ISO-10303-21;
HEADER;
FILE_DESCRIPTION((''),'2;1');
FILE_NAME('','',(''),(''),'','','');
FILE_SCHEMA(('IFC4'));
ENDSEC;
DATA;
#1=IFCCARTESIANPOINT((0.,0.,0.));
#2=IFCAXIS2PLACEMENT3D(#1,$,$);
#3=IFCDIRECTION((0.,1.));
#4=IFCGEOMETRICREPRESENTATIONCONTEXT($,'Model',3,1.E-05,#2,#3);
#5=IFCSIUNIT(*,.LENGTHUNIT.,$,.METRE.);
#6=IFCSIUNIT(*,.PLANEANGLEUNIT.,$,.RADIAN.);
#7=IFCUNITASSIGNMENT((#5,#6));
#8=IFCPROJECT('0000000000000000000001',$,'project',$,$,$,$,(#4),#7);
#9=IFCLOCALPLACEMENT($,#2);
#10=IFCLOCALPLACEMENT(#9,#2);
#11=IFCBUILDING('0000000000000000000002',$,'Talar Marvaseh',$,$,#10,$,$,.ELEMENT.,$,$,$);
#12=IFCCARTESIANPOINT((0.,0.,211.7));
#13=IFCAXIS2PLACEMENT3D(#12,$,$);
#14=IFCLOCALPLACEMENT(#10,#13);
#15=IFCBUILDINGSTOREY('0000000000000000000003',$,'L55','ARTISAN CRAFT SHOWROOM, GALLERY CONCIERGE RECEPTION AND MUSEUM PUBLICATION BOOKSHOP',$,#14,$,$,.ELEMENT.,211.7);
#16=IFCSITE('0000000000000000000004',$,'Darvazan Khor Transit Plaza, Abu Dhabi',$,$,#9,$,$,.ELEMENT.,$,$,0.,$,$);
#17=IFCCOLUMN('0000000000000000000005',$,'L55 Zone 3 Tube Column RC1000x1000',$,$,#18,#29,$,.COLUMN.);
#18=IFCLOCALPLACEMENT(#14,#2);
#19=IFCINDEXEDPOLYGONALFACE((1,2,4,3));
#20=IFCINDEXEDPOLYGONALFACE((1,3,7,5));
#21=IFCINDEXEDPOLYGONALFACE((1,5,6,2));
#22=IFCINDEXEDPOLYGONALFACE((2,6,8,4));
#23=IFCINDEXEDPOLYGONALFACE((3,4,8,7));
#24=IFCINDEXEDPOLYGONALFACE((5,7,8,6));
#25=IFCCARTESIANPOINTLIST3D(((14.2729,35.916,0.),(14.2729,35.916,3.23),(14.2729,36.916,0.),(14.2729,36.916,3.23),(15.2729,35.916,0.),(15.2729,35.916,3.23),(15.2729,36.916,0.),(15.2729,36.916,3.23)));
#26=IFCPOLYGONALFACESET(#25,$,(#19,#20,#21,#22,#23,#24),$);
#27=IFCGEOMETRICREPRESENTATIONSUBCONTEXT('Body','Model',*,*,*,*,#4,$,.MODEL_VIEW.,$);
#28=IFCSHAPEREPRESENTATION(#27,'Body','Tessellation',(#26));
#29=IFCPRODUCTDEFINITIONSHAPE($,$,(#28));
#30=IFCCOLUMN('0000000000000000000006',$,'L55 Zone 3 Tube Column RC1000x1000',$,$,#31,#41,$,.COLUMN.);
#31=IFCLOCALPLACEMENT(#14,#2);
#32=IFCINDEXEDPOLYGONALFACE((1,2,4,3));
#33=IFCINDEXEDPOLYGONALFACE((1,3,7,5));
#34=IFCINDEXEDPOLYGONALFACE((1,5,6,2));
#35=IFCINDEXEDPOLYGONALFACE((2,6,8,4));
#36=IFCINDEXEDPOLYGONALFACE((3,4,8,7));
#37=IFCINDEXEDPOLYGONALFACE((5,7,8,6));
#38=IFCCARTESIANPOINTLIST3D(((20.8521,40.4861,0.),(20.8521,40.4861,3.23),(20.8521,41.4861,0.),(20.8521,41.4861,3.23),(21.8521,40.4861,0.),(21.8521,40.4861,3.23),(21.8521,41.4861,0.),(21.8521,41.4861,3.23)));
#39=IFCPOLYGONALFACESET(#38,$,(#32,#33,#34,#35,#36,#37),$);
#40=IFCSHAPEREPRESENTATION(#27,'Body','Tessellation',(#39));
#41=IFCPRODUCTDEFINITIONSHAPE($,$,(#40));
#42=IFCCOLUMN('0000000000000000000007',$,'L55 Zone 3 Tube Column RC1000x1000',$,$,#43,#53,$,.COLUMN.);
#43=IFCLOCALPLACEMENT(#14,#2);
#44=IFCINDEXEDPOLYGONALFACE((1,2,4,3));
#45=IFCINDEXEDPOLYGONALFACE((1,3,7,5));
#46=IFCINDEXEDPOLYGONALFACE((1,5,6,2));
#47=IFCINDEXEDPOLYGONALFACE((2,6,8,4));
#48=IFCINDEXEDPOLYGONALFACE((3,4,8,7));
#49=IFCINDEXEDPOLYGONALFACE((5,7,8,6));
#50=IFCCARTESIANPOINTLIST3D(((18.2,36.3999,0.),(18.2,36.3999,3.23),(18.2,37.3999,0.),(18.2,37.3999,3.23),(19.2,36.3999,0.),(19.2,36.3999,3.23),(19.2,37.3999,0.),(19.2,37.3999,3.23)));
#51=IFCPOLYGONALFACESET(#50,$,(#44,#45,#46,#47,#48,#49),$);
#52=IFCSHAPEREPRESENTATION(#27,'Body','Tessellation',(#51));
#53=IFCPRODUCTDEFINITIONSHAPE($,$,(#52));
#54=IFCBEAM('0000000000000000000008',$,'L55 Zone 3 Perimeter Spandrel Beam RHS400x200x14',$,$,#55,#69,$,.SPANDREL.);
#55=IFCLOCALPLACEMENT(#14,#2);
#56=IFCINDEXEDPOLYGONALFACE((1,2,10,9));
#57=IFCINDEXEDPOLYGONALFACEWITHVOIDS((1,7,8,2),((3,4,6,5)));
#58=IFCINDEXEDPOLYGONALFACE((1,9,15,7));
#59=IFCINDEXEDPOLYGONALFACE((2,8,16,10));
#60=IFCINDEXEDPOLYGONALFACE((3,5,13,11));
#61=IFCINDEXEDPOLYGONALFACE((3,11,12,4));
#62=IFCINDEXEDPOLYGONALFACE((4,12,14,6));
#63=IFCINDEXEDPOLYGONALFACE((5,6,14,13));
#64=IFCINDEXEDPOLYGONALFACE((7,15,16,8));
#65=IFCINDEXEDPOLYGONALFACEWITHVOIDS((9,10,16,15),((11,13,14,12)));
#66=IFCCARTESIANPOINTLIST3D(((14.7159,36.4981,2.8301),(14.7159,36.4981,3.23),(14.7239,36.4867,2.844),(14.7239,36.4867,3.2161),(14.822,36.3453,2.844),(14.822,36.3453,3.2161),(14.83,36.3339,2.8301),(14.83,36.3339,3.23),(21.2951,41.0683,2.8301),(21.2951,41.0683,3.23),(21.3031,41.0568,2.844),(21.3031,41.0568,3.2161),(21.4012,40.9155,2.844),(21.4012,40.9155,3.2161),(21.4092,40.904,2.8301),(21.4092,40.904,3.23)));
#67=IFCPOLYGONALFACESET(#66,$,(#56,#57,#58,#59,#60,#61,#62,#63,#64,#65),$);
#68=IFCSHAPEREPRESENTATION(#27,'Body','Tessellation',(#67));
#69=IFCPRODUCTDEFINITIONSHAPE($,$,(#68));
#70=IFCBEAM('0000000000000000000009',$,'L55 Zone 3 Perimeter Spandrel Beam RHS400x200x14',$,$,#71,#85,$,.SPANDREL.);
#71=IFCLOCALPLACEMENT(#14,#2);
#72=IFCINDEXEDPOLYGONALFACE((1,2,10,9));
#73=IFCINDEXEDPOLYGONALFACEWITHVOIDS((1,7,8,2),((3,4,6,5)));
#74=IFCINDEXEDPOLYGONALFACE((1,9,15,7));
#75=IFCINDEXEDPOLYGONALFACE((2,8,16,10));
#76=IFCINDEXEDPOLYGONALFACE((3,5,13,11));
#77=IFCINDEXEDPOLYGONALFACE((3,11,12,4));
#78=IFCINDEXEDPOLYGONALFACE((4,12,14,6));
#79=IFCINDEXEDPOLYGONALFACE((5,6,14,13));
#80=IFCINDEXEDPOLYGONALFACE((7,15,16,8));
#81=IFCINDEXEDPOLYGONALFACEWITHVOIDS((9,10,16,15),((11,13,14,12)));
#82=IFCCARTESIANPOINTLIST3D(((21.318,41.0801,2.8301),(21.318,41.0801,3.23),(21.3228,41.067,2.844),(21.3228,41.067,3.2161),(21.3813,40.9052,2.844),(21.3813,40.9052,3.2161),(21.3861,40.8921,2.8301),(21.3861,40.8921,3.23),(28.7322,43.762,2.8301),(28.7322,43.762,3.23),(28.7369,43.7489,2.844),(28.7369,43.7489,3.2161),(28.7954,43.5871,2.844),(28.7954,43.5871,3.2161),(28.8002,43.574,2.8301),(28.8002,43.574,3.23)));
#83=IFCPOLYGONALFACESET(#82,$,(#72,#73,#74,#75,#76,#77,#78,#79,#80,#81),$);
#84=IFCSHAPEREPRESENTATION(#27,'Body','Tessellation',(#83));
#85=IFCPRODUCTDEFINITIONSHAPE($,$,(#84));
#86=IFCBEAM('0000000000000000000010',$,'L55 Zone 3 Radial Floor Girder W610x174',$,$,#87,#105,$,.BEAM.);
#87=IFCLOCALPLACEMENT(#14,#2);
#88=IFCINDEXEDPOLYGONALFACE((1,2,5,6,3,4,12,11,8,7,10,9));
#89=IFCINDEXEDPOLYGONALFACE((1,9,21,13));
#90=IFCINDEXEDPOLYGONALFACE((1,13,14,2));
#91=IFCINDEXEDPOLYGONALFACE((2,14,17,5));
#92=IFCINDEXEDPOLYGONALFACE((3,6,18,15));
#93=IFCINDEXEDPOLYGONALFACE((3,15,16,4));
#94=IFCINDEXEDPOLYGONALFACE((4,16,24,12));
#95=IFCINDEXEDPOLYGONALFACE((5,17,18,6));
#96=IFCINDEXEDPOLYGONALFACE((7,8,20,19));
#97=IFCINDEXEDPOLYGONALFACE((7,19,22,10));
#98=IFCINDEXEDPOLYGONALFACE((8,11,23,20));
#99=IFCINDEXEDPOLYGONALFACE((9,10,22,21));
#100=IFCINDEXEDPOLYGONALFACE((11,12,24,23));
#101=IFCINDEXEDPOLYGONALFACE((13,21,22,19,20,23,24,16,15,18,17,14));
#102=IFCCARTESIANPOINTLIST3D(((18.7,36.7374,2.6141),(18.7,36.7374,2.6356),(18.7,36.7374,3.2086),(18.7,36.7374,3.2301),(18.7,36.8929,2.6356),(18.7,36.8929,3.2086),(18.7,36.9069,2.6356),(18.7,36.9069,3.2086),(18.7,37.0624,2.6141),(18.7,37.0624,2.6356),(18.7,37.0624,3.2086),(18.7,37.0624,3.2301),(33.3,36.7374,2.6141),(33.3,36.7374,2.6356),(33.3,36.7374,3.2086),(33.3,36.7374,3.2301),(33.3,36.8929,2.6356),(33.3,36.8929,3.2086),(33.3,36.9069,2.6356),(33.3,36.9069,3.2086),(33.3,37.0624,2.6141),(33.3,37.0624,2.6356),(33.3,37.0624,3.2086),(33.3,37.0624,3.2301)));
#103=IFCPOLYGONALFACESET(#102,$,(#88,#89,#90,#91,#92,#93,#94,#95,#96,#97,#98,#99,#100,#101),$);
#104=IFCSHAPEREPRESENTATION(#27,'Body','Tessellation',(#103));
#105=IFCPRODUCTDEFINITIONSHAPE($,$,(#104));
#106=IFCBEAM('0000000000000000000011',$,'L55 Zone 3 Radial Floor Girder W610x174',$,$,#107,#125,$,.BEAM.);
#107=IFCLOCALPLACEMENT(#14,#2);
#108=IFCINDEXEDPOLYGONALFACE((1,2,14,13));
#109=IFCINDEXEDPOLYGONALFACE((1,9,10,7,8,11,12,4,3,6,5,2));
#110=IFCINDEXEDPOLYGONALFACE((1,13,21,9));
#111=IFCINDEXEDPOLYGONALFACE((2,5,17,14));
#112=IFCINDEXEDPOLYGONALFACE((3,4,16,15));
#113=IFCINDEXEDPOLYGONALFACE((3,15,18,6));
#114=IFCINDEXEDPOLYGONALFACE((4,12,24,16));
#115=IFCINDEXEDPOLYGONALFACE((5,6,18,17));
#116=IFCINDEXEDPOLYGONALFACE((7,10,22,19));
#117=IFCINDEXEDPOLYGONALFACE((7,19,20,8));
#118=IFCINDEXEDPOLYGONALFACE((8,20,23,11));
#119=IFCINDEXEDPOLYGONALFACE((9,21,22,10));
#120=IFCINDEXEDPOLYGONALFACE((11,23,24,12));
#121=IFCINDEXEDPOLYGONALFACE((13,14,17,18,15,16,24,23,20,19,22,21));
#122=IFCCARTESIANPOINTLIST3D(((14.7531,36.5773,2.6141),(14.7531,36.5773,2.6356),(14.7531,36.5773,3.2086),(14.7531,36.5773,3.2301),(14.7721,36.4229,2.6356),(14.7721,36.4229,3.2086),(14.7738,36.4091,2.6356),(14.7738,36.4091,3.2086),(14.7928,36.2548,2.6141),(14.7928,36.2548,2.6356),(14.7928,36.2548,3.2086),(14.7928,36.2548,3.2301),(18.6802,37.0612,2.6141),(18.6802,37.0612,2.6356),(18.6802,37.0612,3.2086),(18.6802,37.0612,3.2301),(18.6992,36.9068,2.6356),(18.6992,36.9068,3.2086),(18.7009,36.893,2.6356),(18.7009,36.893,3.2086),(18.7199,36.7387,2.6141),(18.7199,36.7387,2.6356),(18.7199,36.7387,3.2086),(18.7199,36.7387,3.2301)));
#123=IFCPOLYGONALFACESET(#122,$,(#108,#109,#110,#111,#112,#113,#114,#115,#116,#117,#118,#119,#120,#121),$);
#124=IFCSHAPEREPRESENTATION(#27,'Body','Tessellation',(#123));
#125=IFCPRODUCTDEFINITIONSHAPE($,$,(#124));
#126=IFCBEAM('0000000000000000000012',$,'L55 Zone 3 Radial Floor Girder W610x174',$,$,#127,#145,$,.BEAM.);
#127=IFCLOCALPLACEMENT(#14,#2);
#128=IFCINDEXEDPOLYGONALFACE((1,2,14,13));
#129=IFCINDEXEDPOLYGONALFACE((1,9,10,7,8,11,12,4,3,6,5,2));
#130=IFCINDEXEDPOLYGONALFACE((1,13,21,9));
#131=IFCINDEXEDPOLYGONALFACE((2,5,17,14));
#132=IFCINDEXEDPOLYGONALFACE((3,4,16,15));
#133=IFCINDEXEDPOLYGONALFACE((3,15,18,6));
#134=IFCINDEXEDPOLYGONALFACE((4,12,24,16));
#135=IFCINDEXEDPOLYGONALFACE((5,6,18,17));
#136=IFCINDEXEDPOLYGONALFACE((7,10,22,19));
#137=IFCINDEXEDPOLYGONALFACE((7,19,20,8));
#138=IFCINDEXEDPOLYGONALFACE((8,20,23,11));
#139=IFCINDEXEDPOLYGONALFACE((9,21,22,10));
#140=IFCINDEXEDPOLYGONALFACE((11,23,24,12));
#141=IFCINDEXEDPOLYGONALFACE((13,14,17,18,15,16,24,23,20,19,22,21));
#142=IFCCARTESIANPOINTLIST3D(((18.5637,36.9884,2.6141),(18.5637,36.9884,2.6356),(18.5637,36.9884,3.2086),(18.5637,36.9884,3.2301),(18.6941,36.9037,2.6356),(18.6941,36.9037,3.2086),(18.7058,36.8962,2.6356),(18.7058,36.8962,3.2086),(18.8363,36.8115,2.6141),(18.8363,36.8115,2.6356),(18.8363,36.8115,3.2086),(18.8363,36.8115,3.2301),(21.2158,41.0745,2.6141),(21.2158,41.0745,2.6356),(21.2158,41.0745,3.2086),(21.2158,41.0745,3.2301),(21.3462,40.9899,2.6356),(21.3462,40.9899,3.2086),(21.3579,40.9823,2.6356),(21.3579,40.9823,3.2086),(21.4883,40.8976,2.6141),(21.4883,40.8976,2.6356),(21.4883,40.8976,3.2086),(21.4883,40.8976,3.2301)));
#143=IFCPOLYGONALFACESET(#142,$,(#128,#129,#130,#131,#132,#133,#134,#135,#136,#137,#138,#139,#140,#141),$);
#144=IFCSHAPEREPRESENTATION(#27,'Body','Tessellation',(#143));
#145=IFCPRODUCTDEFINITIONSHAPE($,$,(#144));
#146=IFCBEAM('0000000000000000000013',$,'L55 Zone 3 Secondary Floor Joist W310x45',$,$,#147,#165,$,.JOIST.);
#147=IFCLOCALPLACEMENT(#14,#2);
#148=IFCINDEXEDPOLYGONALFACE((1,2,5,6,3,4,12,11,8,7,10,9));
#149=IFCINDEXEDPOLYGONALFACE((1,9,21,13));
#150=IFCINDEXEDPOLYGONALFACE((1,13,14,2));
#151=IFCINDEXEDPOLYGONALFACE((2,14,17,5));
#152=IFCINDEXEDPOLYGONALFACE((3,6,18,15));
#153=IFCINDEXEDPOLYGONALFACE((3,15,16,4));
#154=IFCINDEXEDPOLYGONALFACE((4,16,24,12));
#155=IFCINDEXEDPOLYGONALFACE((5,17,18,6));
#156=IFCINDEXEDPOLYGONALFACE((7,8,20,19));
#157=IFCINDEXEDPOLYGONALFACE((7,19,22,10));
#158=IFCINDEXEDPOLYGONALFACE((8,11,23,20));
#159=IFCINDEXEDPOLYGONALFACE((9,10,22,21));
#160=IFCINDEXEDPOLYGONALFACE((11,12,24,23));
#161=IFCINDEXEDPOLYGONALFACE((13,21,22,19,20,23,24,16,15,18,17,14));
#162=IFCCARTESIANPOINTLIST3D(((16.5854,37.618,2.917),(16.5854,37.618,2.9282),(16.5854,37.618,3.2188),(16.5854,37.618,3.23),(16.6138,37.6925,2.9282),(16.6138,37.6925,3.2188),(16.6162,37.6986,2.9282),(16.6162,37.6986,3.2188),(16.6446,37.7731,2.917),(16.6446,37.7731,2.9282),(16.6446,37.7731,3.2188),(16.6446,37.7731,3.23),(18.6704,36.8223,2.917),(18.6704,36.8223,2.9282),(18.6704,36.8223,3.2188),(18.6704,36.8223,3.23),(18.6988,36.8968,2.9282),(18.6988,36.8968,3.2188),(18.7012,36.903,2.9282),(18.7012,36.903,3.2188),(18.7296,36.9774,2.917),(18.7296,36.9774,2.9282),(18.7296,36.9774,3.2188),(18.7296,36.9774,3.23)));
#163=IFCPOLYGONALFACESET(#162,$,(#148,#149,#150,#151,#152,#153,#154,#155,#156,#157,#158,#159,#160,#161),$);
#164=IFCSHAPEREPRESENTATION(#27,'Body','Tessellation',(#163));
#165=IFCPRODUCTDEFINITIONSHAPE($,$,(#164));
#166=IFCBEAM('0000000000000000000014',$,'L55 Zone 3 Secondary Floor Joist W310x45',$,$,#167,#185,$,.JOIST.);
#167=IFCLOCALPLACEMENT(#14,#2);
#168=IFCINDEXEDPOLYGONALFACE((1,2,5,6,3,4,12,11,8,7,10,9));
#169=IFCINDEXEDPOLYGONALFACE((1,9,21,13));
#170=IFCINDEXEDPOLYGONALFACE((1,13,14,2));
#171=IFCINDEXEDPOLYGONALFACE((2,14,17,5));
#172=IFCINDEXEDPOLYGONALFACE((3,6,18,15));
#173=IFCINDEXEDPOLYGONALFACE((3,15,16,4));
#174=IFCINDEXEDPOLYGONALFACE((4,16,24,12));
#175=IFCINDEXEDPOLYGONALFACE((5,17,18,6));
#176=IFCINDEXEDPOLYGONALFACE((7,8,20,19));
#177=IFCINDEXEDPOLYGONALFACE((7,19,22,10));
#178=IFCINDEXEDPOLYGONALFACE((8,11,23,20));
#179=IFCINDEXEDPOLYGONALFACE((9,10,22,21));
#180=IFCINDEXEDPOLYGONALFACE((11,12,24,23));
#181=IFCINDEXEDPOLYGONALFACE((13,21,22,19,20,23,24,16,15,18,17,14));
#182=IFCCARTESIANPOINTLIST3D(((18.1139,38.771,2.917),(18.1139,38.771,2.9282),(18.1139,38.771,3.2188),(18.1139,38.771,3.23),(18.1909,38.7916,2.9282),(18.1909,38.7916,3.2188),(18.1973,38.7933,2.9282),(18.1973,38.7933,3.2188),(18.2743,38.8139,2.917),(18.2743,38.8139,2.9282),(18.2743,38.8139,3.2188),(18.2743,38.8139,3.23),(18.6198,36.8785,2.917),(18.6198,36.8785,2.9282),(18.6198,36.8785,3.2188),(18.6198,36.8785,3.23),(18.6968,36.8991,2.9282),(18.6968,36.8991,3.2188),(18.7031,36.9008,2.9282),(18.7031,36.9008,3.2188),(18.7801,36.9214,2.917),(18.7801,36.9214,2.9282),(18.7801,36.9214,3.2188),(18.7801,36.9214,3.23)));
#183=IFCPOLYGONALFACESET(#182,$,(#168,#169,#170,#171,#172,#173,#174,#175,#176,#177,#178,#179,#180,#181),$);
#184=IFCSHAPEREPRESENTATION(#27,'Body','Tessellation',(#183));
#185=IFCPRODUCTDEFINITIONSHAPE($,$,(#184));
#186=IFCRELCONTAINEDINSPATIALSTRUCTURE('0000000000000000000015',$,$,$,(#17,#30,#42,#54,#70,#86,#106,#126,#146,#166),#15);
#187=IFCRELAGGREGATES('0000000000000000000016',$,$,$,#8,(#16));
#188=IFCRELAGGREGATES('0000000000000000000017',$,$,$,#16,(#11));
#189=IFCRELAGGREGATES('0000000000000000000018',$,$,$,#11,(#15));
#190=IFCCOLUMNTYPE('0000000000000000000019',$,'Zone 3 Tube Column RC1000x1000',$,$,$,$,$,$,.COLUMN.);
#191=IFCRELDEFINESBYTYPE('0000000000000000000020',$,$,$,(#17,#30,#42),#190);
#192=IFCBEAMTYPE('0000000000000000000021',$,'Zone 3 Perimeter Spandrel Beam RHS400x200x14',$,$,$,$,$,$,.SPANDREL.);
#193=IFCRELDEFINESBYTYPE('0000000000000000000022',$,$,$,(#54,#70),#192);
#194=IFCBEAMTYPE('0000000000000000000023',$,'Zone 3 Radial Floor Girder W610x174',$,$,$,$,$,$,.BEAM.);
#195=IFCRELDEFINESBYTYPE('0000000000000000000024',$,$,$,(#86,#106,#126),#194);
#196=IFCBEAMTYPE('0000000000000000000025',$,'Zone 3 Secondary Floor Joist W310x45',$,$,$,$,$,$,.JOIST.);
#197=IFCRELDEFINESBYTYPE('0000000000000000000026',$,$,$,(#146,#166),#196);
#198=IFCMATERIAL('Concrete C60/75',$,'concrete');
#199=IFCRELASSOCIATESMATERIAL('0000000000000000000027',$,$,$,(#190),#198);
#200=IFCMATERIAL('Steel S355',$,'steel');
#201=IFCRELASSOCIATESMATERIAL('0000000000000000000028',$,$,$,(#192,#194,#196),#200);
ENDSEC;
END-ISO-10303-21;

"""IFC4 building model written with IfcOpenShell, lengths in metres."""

from ifc_helpers import new_model, si_unit, direction, frame, origin, origin_2d, place, context, subcontext, project, spatial, rectangle, hollow_rectangle, i_section, extrude, material, material_profile, profile_set, type_object, element, save


model = new_model("IFC4")

# Units and contexts
model_context = context("Model", 3, precision=1e-05, world=origin(), true_north=direction((0.0, 1.0)))
body_context = subcontext(model_context, "Body", "Model", "MODEL_VIEW")
ifc_project = project(units=[si_unit("LENGTHUNIT", "METRE"), si_unit("PLANEANGLEUNIT", "RADIAN")], contexts=[model_context])

# Site, building, storey
site_placement = place(None, origin())
site = spatial("IfcSite", under=ifc_project, at=site_placement, Name="Darvazan Khor Transit Plaza, Abu Dhabi", CompositionType="ELEMENT", RefElevation=0.0)
building_placement = place(site_placement, origin())
building = spatial("IfcBuilding", under=site, at=building_placement, Name="Talar Marvaseh", CompositionType="ELEMENT")
storey_placement = place(building_placement, frame((0.0, 0.0, 211.7)))
storey = spatial("IfcBuildingStorey", under=building, at=storey_placement, Name="L55", Description="ARTISAN CRAFT SHOWROOM, GALLERY CONCIERGE RECEPTION AND MUSEUM PUBLICATION BOOKSHOP", CompositionType="ELEMENT", Elevation=211.7)

# Columns
ifc_material_1 = material(Name="Concrete C60/75", Category="concrete")
ifc_material_profile_1 = material_profile(ifc_material_1, rectangle(XDim=1.0, YDim=1.0, at=origin_2d()), Name="RC1000x1000")
ifc_profile_set_1 = profile_set([ifc_material_profile_1], Name="Concrete C60/75")
column_type = type_object("IfcColumnType", Name="Zone 3 Tube Column RC1000x1000", PredefinedType="COLUMN", material=ifc_profile_set_1)
for number, where, z_axis, x_axis, name in (
    (1, (14.7729, 36.416, 0.0), (0.0, 0.0, 1.0), (1.0, 0.0, 0.0), "L55 Zone 3 Tube Column RC1000x1000"),
    (2, (21.3521, 40.9861, 0.0), (0.0, 0.0, 1.0), (1.0, 0.0, 0.0), "L55 Zone 3 Tube Column RC1000x1000"),
    (3, (18.7, 36.8999, 0.0), (0.0, 0.0, 1.0), (1.0, 0.0, 0.0), "L55 Zone 3 Tube Column RC1000x1000"),
):
    element("IfcColumn", number, at=place(storey_placement, frame(where, z_axis=z_axis, x_axis=x_axis)), inside=storey, type_object=column_type, Name=name, PredefinedType="COLUMN", context=body_context, shape_type="SweptSolid", body=[
        extrude(rectangle(XDim=1.0, YDim=1.0, at=origin_2d()), origin(), (0.0, 0.0, 1.0), 3.23),
    ])

# Beams
ifc_material_2 = material(Name="Steel S355", Category="steel")
ifc_material_profile_2 = material_profile(ifc_material_2, hollow_rectangle(XDim=0.2, YDim=0.3999, WallThickness=0.0139, at=origin_2d()), Name="RHS400x200x14")
ifc_profile_set_2 = profile_set([ifc_material_profile_2], Name="Steel S355")
beam_type_1 = type_object("IfcBeamType", Name="Zone 3 Perimeter Spandrel Beam RHS400x200x14", PredefinedType="SPANDREL", material=ifc_profile_set_2)
beam_1_placement = place(storey_placement, frame((14.7729, 36.416, 3.03), z_axis=(0.821297, 0.570501, 0.0), x_axis=(-0.570501, 0.821297, 0.0)))
element("IfcBeam", 4, at=beam_1_placement, inside=storey, type_object=beam_type_1, Name="L55 Zone 3 Perimeter Spandrel Beam RHS400x200x14", PredefinedType="SPANDREL", context=body_context, shape_type="SweptSolid", body=[
    extrude(hollow_rectangle(XDim=0.2, YDim=0.3999, WallThickness=0.0139, at=origin_2d()), origin(), (0.0, 0.0, 1.0), 8.0107),
])
beam_2_placement = place(storey_placement, frame((21.3521, 40.9861, 3.03), z_axis=(0.940368, 0.340159, 0.0), x_axis=(-0.340159, 0.940368, 0.0)))
element("IfcBeam", 5, at=beam_2_placement, inside=storey, type_object=beam_type_1, Name="L55 Zone 3 Perimeter Spandrel Beam RHS400x200x14", PredefinedType="SPANDREL", context=body_context, shape_type="SweptSolid", body=[
    extrude(hollow_rectangle(XDim=0.2, YDim=0.3999, WallThickness=0.0139, at=origin_2d()), origin(), (0.0, 0.0, 1.0), 7.8843),
])
ifc_material_profile_3 = material_profile(ifc_material_2, i_section(OverallWidth=0.325, OverallDepth=0.616, WebThickness=0.0139, FlangeThickness=0.0215, at=origin_2d()), Name="W610x174")
ifc_profile_set_3 = profile_set([ifc_material_profile_3], Name="Steel S355")
beam_type_2 = type_object("IfcBeamType", Name="Zone 3 Radial Floor Girder W610x174", PredefinedType="BEAM", material=ifc_profile_set_3)
beam_3_placement = place(storey_placement, frame((18.7, 36.8999, 2.9221), z_axis=(1.0, 0.0, 0.0), x_axis=(0.0, 1.0, 0.0)))
element("IfcBeam", 6, at=beam_3_placement, inside=storey, type_object=beam_type_2, Name="L55 Zone 3 Radial Floor Girder W610x174", PredefinedType="BEAM", context=body_context, shape_type="SweptSolid", body=[
    extrude(i_section(OverallWidth=0.325, OverallDepth=0.616, WebThickness=0.0139, FlangeThickness=0.0215, at=origin_2d()), origin(), (0.0, 0.0, 1.0), 14.6001),
])
beam_4_placement = place(storey_placement, frame((14.7729, 36.416, 2.9221), z_axis=(0.992494, 0.122295, 0.0), x_axis=(-0.122295, 0.992494, 0.0)))
element("IfcBeam", 7, at=beam_4_placement, inside=storey, type_object=beam_type_2, Name="L55 Zone 3 Radial Floor Girder W610x174", PredefinedType="BEAM", context=body_context, shape_type="SweptSolid", body=[
    extrude(i_section(OverallWidth=0.325, OverallDepth=0.616, WebThickness=0.0139, FlangeThickness=0.0215, at=origin_2d()), origin(), (0.0, 0.0, 1.0), 3.9568),
])
beam_5_placement = place(storey_placement, frame((21.3521, 40.9861, 2.9221), z_axis=(-0.544423, -0.838811, 0.0), x_axis=(0.838811, -0.544423, 0.0)))
element("IfcBeam", 8, at=beam_5_placement, inside=storey, type_object=beam_type_2, Name="L55 Zone 3 Radial Floor Girder W610x174", PredefinedType="BEAM", context=body_context, shape_type="SweptSolid", body=[
    extrude(i_section(OverallWidth=0.325, OverallDepth=0.616, WebThickness=0.0139, FlangeThickness=0.0215, at=origin_2d()), origin(), (0.0, 0.0, 1.0), 4.8713),
])
ifc_material_profile_4 = material_profile(ifc_material_2, i_section(OverallWidth=0.166, OverallDepth=0.313, WebThickness=0.0066, FlangeThickness=0.0112, at=origin_2d()), Name="W310x45")
ifc_profile_set_4 = profile_set([ifc_material_profile_4], Name="Steel S355")
beam_type_3 = type_object("IfcBeamType", Name="Zone 3 Secondary Floor Joist W310x45", PredefinedType="JOIST", material=ifc_profile_set_4)
beam_6_placement = place(storey_placement, frame((16.615, 37.6956, 3.0735), z_axis=(0.934281, -0.356537, 0.0), x_axis=(0.356537, 0.934281, 0.0)))
element("IfcBeam", 9, at=beam_6_placement, inside=storey, type_object=beam_type_3, Name="L55 Zone 3 Secondary Floor Joist W310x45", PredefinedType="JOIST", context=body_context, shape_type="SweptSolid", body=[
    extrude(i_section(OverallWidth=0.166, OverallDepth=0.313, WebThickness=0.0066, FlangeThickness=0.0112, at=origin_2d()), origin(), (0.0, 0.0, 1.0), 2.2317),
])
beam_7_placement = place(storey_placement, frame((18.1941, 38.7925, 3.0735), z_axis=(0.258221, -0.966086, 0.0), x_axis=(0.966086, 0.258221, 0.0)))
element("IfcBeam", 10, at=beam_7_placement, inside=storey, type_object=beam_type_3, Name="L55 Zone 3 Secondary Floor Joist W310x45", PredefinedType="JOIST", context=body_context, shape_type="SweptSolid", body=[
    extrude(i_section(OverallWidth=0.166, OverallDepth=0.313, WebThickness=0.0066, FlangeThickness=0.0112, at=origin_2d()), origin(), (0.0, 0.0, 1.0), 1.959),
])

save(model, "model.ifc")
